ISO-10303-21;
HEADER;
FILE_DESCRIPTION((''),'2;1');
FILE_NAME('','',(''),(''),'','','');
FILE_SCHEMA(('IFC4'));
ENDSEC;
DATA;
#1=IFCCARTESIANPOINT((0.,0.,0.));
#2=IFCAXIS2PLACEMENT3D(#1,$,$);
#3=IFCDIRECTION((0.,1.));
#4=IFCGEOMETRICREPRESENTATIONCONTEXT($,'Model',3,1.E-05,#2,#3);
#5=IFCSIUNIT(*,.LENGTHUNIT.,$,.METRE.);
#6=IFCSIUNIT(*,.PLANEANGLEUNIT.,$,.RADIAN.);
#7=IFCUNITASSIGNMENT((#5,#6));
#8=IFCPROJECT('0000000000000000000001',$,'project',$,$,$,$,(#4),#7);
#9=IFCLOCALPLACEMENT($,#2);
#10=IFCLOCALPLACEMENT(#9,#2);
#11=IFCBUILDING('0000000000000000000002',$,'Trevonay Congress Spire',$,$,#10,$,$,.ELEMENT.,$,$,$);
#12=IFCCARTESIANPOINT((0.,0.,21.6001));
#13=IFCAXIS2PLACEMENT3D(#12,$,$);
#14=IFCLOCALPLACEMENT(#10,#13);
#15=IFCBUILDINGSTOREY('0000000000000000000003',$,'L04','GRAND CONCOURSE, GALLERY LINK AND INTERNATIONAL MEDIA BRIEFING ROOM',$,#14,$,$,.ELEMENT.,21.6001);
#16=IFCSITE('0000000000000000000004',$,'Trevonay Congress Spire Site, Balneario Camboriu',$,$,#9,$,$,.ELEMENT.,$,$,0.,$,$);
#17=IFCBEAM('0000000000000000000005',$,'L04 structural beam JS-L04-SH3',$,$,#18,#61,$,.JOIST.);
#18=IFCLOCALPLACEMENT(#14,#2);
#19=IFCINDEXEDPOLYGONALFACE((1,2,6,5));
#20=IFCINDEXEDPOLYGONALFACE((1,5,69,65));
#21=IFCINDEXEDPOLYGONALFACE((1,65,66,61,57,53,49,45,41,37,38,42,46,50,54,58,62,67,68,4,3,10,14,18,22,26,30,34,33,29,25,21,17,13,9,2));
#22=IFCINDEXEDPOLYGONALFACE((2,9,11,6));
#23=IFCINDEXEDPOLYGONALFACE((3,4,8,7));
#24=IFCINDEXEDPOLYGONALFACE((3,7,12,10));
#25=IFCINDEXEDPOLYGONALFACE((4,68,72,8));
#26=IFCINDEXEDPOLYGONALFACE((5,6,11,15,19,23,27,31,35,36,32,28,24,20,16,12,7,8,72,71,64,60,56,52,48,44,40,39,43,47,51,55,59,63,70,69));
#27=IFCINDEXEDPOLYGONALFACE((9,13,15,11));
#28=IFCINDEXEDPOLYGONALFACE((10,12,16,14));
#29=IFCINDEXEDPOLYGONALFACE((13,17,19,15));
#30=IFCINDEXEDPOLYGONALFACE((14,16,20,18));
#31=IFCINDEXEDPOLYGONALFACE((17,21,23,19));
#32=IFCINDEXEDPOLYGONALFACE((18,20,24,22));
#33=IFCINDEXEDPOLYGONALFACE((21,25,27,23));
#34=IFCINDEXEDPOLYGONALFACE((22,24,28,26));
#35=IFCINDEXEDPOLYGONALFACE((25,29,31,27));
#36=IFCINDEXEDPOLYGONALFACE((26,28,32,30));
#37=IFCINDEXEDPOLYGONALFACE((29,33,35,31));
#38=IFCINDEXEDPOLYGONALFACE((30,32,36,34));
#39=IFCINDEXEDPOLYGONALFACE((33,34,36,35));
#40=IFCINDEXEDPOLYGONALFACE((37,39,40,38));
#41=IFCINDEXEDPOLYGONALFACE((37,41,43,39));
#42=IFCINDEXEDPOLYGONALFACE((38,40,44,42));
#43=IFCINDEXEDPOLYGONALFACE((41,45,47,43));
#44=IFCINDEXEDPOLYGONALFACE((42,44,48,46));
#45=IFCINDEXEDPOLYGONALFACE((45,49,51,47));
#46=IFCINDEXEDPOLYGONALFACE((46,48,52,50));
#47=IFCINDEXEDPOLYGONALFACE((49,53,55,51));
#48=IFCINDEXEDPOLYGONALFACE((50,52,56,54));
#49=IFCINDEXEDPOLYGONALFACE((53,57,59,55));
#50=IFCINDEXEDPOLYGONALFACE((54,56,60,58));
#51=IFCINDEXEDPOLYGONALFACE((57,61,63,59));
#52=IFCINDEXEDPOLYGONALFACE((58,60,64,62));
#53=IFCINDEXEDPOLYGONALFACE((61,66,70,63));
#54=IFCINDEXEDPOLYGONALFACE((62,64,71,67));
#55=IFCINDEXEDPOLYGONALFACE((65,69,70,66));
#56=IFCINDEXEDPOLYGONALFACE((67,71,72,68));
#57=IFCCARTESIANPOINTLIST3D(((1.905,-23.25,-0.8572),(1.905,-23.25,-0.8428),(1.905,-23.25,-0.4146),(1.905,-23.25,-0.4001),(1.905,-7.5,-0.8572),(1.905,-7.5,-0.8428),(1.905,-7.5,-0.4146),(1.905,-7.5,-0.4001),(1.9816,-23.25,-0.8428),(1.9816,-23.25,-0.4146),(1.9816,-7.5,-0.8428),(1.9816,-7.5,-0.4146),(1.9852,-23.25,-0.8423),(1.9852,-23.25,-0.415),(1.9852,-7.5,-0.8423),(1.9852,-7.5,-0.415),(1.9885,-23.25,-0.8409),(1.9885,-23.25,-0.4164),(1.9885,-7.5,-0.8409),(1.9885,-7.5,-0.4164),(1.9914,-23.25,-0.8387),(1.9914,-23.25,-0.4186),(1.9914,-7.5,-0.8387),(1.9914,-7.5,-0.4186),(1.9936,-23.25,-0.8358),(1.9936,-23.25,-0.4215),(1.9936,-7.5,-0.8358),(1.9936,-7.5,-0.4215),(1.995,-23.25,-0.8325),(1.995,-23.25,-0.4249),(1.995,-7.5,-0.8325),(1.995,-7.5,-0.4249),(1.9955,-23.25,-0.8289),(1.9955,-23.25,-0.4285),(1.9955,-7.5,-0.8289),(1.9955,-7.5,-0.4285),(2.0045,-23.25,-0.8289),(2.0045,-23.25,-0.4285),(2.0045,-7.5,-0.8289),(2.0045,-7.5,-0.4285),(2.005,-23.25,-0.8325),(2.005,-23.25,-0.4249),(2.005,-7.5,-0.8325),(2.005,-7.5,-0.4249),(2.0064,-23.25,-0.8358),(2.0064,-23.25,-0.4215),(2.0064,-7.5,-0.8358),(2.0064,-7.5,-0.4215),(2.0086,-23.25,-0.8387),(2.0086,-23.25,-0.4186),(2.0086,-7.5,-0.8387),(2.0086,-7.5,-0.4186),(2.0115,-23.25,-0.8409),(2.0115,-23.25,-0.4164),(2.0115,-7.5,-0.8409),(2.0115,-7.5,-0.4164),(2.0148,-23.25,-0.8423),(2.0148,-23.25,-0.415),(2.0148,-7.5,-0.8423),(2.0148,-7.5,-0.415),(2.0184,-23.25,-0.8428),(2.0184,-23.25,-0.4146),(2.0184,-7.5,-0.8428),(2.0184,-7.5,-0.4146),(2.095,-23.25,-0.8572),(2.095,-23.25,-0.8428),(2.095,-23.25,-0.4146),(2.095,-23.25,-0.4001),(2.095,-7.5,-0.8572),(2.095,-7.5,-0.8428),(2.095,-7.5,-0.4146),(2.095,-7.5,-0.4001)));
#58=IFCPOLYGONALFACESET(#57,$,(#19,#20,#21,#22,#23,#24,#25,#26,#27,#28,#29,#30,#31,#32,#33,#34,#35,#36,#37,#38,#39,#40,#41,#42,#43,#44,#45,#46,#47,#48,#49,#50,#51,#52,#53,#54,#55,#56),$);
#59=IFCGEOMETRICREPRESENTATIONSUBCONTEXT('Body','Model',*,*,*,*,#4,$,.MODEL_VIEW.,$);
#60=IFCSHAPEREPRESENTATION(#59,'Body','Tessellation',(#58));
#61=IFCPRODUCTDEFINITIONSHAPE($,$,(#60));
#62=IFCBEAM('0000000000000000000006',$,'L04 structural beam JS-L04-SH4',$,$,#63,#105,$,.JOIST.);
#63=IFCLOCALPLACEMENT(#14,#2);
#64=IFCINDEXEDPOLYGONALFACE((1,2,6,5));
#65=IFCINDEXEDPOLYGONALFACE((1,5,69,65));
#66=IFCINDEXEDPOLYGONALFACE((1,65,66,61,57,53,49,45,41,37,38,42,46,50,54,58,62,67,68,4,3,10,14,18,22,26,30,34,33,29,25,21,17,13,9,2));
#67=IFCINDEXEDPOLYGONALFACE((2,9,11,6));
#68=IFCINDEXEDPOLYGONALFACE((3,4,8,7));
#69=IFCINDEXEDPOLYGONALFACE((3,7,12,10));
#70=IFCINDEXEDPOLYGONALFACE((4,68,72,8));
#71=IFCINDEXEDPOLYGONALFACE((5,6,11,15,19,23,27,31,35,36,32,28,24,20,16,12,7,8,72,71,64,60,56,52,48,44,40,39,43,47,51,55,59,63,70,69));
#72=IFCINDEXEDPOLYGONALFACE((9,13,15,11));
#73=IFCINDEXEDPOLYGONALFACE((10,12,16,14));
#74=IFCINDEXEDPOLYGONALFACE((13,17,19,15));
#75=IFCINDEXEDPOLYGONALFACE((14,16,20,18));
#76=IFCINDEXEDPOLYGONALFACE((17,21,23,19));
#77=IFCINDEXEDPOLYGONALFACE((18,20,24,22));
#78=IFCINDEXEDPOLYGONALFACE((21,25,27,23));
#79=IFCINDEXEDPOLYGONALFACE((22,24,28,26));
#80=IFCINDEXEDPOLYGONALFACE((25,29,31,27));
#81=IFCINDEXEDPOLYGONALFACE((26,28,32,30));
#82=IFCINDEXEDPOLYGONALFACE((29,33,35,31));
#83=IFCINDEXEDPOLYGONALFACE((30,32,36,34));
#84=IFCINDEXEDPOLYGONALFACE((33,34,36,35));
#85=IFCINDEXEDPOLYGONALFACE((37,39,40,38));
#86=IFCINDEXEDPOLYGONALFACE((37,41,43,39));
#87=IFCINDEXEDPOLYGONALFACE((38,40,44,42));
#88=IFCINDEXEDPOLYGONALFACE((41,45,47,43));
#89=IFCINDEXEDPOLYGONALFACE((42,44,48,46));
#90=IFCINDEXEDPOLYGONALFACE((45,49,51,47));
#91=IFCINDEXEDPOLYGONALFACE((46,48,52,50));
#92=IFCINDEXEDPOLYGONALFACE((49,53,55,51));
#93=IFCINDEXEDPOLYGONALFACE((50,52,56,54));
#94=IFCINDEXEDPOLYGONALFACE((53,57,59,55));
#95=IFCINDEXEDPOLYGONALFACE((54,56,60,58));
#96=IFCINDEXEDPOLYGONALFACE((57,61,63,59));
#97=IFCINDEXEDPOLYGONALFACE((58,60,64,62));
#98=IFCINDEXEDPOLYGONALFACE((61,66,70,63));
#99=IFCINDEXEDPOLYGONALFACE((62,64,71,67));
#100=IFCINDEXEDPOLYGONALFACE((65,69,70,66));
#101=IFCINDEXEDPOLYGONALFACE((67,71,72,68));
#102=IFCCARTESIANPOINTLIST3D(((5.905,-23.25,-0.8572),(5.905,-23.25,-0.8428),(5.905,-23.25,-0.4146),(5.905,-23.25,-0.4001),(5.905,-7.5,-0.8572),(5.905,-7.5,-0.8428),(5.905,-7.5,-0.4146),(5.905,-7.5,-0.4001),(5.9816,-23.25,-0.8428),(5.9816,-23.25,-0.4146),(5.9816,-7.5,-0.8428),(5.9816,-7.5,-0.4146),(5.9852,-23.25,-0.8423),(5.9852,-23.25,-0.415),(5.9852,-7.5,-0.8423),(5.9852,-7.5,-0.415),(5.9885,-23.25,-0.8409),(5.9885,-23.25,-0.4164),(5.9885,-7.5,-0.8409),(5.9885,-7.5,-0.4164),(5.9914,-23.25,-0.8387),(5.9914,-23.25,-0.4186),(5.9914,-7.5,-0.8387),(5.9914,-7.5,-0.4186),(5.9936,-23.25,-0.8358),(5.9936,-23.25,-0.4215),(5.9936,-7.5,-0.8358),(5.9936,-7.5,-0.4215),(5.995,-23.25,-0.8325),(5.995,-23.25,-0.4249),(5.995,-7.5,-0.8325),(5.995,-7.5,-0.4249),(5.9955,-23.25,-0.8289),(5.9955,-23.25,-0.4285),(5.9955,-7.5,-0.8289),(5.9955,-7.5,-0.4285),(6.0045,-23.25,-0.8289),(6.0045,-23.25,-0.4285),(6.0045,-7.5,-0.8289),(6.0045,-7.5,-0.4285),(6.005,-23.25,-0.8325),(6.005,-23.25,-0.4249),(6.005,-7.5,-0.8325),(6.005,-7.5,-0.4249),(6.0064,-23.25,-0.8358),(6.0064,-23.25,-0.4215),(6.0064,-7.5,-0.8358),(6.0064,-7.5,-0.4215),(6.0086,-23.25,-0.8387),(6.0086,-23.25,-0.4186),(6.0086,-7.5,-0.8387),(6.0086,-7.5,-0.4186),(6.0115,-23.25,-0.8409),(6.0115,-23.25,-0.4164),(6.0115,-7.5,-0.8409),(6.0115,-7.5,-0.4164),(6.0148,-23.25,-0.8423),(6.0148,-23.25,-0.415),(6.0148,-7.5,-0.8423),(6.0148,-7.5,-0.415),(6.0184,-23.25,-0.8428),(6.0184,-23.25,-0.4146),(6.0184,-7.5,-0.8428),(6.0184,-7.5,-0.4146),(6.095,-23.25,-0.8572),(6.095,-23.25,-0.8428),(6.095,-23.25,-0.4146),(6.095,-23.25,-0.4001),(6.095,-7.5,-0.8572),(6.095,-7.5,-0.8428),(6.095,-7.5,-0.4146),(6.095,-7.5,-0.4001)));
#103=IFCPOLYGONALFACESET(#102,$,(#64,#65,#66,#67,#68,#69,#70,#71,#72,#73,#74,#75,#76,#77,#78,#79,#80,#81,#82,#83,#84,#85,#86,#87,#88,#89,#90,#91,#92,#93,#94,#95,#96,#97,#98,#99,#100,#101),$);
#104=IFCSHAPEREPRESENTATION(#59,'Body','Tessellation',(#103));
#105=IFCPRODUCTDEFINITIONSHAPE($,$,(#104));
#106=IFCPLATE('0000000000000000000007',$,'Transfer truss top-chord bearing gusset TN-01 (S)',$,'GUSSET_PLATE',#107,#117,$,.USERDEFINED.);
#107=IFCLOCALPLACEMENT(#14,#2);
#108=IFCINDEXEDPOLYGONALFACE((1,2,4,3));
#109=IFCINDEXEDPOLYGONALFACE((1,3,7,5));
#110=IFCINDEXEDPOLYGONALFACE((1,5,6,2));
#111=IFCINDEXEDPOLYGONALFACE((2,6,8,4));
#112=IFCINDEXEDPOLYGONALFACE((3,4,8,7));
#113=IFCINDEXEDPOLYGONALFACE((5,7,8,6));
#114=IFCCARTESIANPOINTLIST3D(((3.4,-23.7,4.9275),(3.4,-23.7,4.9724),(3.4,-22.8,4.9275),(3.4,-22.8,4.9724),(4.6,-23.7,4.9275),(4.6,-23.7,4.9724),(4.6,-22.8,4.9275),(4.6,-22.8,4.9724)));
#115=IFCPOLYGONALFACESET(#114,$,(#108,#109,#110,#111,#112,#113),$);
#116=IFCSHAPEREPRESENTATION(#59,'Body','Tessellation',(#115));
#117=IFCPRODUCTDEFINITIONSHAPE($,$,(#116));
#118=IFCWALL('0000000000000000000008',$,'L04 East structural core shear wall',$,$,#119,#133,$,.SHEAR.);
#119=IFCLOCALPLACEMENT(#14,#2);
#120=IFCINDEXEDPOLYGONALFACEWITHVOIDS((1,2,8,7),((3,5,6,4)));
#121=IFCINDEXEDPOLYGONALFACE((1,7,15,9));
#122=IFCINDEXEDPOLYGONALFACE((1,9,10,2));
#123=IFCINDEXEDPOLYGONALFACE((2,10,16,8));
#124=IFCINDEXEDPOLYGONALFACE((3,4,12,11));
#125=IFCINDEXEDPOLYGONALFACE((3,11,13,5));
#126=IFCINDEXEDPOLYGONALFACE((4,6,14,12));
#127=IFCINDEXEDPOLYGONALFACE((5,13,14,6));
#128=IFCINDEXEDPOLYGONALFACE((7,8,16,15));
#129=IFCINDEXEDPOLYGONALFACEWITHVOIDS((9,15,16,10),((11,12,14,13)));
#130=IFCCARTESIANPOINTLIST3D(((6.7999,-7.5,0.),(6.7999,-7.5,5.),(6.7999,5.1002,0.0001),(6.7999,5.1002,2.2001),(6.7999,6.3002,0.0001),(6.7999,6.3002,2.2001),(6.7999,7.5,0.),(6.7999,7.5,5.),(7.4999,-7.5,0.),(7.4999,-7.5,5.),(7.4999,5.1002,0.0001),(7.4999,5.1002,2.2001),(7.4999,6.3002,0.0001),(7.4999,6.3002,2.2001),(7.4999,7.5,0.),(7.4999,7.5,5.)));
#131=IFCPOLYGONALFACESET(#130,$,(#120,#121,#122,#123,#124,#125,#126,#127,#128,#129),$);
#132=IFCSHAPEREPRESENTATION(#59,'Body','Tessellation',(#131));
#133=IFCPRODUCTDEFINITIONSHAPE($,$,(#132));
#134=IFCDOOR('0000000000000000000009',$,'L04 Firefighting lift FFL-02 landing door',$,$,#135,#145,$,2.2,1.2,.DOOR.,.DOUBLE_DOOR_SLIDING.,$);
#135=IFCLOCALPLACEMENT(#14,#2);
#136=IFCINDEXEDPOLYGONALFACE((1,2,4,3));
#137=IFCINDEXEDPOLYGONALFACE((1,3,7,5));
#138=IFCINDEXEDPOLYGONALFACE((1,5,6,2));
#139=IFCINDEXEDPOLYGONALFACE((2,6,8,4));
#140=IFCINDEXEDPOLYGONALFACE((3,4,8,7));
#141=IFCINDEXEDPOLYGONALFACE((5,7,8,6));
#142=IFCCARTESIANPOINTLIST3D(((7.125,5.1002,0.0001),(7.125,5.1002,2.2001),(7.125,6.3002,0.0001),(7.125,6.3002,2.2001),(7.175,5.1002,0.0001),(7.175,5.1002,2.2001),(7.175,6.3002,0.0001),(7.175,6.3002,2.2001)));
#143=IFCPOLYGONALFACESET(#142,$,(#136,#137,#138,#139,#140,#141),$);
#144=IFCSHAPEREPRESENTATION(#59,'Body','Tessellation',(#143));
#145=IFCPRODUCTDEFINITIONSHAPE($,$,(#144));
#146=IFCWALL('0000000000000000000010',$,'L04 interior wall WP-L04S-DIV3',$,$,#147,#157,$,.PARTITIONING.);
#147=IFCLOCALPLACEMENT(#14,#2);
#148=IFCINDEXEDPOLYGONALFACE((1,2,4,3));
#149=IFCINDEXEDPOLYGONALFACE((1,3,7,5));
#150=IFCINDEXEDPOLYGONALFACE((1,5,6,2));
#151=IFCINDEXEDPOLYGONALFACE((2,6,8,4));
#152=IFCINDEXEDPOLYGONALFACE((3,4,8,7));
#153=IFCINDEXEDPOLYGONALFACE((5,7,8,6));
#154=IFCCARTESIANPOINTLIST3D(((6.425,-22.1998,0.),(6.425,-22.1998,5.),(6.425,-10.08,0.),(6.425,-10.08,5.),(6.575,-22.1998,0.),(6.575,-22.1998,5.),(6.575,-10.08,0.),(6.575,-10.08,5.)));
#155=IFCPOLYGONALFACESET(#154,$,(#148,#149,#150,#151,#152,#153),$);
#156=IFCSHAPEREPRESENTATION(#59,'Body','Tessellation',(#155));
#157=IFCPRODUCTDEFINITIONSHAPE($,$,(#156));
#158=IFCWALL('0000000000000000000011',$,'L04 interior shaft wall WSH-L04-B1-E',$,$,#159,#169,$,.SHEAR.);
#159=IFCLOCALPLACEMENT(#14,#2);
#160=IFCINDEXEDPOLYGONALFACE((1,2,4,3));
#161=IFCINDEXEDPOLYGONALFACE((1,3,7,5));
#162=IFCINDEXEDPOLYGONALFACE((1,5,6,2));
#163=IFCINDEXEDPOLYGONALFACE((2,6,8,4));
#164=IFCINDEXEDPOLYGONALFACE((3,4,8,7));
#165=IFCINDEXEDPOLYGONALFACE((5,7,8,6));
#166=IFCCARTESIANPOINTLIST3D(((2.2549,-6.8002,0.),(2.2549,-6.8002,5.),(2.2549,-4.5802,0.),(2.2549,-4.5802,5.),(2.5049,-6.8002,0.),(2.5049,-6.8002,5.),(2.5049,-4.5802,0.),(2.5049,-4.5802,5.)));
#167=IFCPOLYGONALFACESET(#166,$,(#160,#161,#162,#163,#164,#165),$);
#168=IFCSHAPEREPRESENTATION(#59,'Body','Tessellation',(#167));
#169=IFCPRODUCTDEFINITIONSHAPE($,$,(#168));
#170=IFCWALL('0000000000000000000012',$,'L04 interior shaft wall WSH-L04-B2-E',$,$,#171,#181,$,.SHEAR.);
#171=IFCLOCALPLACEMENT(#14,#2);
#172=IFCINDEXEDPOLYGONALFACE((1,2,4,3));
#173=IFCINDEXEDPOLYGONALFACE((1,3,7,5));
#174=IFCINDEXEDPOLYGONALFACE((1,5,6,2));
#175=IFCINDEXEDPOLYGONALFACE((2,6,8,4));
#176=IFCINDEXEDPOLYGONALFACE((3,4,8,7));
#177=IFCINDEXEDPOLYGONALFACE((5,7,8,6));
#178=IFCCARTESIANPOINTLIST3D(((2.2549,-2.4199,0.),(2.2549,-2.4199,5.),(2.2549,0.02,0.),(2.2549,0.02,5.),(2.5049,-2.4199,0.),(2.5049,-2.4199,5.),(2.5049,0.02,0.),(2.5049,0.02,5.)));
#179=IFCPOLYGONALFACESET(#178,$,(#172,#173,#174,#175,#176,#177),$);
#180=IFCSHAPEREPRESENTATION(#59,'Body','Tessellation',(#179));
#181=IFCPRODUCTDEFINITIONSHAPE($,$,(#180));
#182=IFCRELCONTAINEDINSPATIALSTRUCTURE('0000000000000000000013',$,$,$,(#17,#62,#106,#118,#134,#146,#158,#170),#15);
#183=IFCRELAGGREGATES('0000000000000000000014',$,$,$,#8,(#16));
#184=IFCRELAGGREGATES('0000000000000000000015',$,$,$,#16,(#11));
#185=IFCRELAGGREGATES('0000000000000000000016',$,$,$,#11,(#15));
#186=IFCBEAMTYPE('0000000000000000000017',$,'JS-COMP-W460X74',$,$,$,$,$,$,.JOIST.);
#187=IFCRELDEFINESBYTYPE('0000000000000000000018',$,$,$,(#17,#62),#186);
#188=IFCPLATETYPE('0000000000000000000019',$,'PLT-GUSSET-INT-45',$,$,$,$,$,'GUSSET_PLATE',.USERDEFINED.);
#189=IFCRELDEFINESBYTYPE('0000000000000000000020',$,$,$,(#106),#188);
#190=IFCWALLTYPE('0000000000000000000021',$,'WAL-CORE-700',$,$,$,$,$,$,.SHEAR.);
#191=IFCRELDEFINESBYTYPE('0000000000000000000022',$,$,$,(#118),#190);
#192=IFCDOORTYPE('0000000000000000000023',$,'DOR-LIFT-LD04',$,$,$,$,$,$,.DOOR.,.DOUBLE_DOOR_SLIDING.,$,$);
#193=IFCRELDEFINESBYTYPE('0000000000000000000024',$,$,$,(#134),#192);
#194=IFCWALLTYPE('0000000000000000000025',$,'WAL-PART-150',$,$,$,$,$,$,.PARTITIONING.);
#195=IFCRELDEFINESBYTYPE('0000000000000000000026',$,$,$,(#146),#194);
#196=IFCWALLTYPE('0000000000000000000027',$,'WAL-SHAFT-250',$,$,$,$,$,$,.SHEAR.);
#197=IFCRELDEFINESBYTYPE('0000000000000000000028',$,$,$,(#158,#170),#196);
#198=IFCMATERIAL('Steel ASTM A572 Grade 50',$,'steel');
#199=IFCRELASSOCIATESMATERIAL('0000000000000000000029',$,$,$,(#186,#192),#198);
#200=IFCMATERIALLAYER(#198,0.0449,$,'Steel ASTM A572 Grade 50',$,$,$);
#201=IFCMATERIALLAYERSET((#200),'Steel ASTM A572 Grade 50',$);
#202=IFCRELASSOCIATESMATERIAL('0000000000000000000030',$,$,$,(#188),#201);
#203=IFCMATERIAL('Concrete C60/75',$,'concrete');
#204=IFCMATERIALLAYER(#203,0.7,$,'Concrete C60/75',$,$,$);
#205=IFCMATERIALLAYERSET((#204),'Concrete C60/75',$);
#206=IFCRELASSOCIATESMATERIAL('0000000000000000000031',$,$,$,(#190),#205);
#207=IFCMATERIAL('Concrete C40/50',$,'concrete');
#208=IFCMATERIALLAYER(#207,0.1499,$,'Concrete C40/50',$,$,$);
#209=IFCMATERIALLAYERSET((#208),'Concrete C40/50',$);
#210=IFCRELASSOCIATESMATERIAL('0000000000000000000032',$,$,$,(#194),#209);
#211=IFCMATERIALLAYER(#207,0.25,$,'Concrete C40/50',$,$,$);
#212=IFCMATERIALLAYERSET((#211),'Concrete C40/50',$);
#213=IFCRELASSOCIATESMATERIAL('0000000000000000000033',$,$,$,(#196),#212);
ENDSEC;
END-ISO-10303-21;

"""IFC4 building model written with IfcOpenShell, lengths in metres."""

from ifc_helpers import new_model, si_unit, direction, frame, frame_2d, origin, origin_2d, place, context, subcontext, project, spatial, rectangle, i_section, extrude, material, layer, layer_set, material_profile, profile_set, type_object, element, fill, save


model = new_model("IFC4")

# Units and contexts
model_context = context("Model", 3, precision=1e-05, world=origin(), true_north=direction((0.0, 1.0)))
body_context = subcontext(model_context, "Body", "Model", "MODEL_VIEW")
ifc_project = project(units=[si_unit("LENGTHUNIT", "METRE"), si_unit("PLANEANGLEUNIT", "RADIAN")], contexts=[model_context])

# Site, building, storey
site_placement = place(None, origin())
site = spatial("IfcSite", under=ifc_project, at=site_placement, Name="Trevonay Congress Spire Site, Balneario Camboriu", CompositionType="ELEMENT", RefElevation=0.0)
building_placement = place(site_placement, origin())
building = spatial("IfcBuilding", under=site, at=building_placement, Name="Trevonay Congress Spire", CompositionType="ELEMENT")
storey_placement = place(building_placement, frame((0.0, 0.0, 21.6001)))
storey = spatial("IfcBuildingStorey", under=building, at=storey_placement, Name="L04", Description="GRAND CONCOURSE, GALLERY LINK AND INTERNATIONAL MEDIA BRIEFING ROOM", CompositionType="ELEMENT", Elevation=21.6001)

# Shared definitions
ifc_material_1 = material(Name="Steel ASTM A572 Grade 50", Category="steel")

# Beams
ifc_material_profile_1 = material_profile(ifc_material_1, i_section(OverallWidth=0.1899, OverallDepth=0.457, WebThickness=0.009, FlangeThickness=0.0144, FilletRadius=0.0139, at=origin_2d()), Name="W460x74")
ifc_profile_set_1 = profile_set([ifc_material_profile_1], Name="Steel ASTM A572 Grade 50")
beam_type_1 = type_object("IfcBeamType", Name="JS-COMP-W460X74", PredefinedType="JOIST", material=ifc_profile_set_1)
for number, where, z_axis, x_axis, name in (
    (1, (2.0, -23.25, -0.6287), (0.0, 1.0, 0.0), (-1.0, 0.0, 0.0), "L04 structural beam JS-L04-SH3"),
    (2, (6.0, -23.25, -0.6287), (0.0, 1.0, 0.0), (-1.0, 0.0, 0.0), "L04 structural beam JS-L04-SH4"),
):
    element("IfcBeam", number, at=place(storey_placement, frame(where, z_axis=z_axis, x_axis=x_axis)), inside=storey, type_object=beam_type_1, Name=name, PredefinedType="JOIST", context=body_context, shape_type="SweptSolid", body=[
        extrude(i_section(OverallWidth=0.1899, OverallDepth=0.457, WebThickness=0.009, FlangeThickness=0.0144, FilletRadius=0.0139, at=origin_2d()), origin(), (0.0, 0.0, 1.0), 15.75),
    ])

# Plate
ifc_layer_1 = layer(ifc_material_1, 0.0449, Name="Steel ASTM A572 Grade 50")
ifc_layer_set_1 = layer_set([ifc_layer_1], Name="Steel ASTM A572 Grade 50")
plate_type = type_object("IfcPlateType", Name="PLT-GUSSET-INT-45", ElementType="GUSSET_PLATE", PredefinedType="USERDEFINED", material=ifc_layer_set_1)
plate_placement = place(storey_placement, frame((4.0, -23.25, 4.9275), z_axis=(0.0, 0.0, 1.0), x_axis=(1.0, 0.0, 0.0)))
element("IfcPlate", 3, at=plate_placement, inside=storey, type_object=plate_type, Name="Transfer truss top-chord bearing gusset TN-01 (S)", ObjectType="GUSSET_PLATE", PredefinedType="USERDEFINED", context=body_context, shape_type="SweptSolid", body=[
    extrude(rectangle(XDim=1.2, YDim=0.8999, at=origin_2d()), origin(), (0.0, 0.0, 1.0), 0.0449),
])

# Wall, opening, door
ifc_material_2 = material(Name="Concrete C60/75", Category="concrete")
ifc_layer_2 = layer(ifc_material_2, 0.7, Name="Concrete C60/75")
ifc_layer_set_2 = layer_set([ifc_layer_2], Name="Concrete C60/75")
wall_type_1 = type_object("IfcWallType", Name="WAL-CORE-700", PredefinedType="SHEAR", material=ifc_layer_set_2)
wall_1_placement = place(storey_placement, frame((7.1499, -7.5, 0.0), z_axis=(0.0, 0.0, 1.0), x_axis=(0.0, 1.0, 0.0)))
wall_1 = element("IfcWall", 4, at=wall_1_placement, inside=storey, type_object=wall_type_1, Name="L04 East structural core shear wall", PredefinedType="SHEAR", context=body_context, shape_type="SweptSolid", body=[
    extrude(rectangle(XDim=15.0, YDim=0.7, at=frame_2d((7.5, 0.0))), origin(), (0.0, 0.0, 1.0), 5.0),
])
opening_placement = place(wall_1_placement, frame((12.6001, 0.0, 0.0)))
opening = element("IfcOpeningElement", 5, at=opening_placement, cuts=wall_1, PredefinedType="OPENING", context=body_context, shape_type="SweptSolid", body=[
    extrude(rectangle(XDim=1.2, YDim=2.2, at=frame_2d((0.6001, 1.1001))), frame((0.0, 0.3599, 0.0), z_axis=(0.0, -1.0, 0.0), x_axis=(1.0, 0.0, 0.0)), (0.0, 0.0, 1.0), 0.72),
])
door_type = type_object("IfcDoorType", Name="DOR-LIFT-LD04", OperationType="DOUBLE_DOOR_SLIDING", PredefinedType="DOOR", material=ifc_material_1)
door_placement = place(opening_placement, origin())
door = element("IfcDoor", 6, at=door_placement, inside=storey, type_object=door_type, Name="L04 Firefighting lift FFL-02 landing door", OperationType="DOUBLE_DOOR_SLIDING", OverallHeight=2.2, OverallWidth=1.2, PredefinedType="DOOR", context=body_context, shape_type="SweptSolid", body=[
    extrude(rectangle(XDim=1.2, YDim=2.2, at=frame_2d((0.6001, 1.1001))), frame((0.0, 0.0249, 0.0), z_axis=(0.0, -1.0, 0.0), x_axis=(1.0, 0.0, 0.0)), (0.0, 0.0, 1.0), 0.05),
])
fill(opening, door)

# Walls
ifc_material_3 = material(Name="Concrete C40/50", Category="concrete")
ifc_layer_3 = layer(ifc_material_3, 0.1499, Name="Concrete C40/50")
ifc_layer_set_3 = layer_set([ifc_layer_3], Name="Concrete C40/50")
wall_type_2 = type_object("IfcWallType", Name="WAL-PART-150", PredefinedType="PARTITIONING", material=ifc_layer_set_3)
wall_2_placement = place(storey_placement, frame((6.5, -22.2, 0.0), z_axis=(0.0, 0.0, 1.0), x_axis=(0.0, 1.0, 0.0)))
element("IfcWall", 7, at=wall_2_placement, inside=storey, type_object=wall_type_2, Name="L04 interior wall WP-L04S-DIV3", PredefinedType="PARTITIONING", context=body_context, shape_type="SweptSolid", body=[
    extrude(rectangle(XDim=12.1199, YDim=0.1499, at=frame_2d((6.0601, 0.0))), origin(), (0.0, 0.0, 1.0), 5.0),
])
ifc_layer_4 = layer(ifc_material_3, 0.25, Name="Concrete C40/50")
ifc_layer_set_4 = layer_set([ifc_layer_4], Name="Concrete C40/50")
wall_type_3 = type_object("IfcWallType", Name="WAL-SHAFT-250", PredefinedType="SHEAR", material=ifc_layer_set_4)
wall_3_placement = place(storey_placement, frame((2.3799, -6.8, 0.0), z_axis=(0.0, 0.0, 1.0), x_axis=(0.0, 1.0, 0.0)))
element("IfcWall", 8, at=wall_3_placement, inside=storey, type_object=wall_type_3, Name="L04 interior shaft wall WSH-L04-B1-E", PredefinedType="SHEAR", context=body_context, shape_type="SweptSolid", body=[
    extrude(rectangle(XDim=2.22, YDim=0.25, at=frame_2d((1.1099, 0.0))), origin(), (0.0, 0.0, 1.0), 5.0),
])
wall_4_placement = place(storey_placement, frame((2.3799, -2.4199, 0.0), z_axis=(0.0, 0.0, 1.0), x_axis=(0.0, 1.0, 0.0)))
element("IfcWall", 9, at=wall_4_placement, inside=storey, type_object=wall_type_3, Name="L04 interior shaft wall WSH-L04-B2-E", PredefinedType="SHEAR", context=body_context, shape_type="SweptSolid", body=[
    extrude(rectangle(XDim=2.4399, YDim=0.25, at=frame_2d((1.22, 0.0))), origin(), (0.0, 0.0, 1.0), 5.0),
])

save(model, "model.ifc")
